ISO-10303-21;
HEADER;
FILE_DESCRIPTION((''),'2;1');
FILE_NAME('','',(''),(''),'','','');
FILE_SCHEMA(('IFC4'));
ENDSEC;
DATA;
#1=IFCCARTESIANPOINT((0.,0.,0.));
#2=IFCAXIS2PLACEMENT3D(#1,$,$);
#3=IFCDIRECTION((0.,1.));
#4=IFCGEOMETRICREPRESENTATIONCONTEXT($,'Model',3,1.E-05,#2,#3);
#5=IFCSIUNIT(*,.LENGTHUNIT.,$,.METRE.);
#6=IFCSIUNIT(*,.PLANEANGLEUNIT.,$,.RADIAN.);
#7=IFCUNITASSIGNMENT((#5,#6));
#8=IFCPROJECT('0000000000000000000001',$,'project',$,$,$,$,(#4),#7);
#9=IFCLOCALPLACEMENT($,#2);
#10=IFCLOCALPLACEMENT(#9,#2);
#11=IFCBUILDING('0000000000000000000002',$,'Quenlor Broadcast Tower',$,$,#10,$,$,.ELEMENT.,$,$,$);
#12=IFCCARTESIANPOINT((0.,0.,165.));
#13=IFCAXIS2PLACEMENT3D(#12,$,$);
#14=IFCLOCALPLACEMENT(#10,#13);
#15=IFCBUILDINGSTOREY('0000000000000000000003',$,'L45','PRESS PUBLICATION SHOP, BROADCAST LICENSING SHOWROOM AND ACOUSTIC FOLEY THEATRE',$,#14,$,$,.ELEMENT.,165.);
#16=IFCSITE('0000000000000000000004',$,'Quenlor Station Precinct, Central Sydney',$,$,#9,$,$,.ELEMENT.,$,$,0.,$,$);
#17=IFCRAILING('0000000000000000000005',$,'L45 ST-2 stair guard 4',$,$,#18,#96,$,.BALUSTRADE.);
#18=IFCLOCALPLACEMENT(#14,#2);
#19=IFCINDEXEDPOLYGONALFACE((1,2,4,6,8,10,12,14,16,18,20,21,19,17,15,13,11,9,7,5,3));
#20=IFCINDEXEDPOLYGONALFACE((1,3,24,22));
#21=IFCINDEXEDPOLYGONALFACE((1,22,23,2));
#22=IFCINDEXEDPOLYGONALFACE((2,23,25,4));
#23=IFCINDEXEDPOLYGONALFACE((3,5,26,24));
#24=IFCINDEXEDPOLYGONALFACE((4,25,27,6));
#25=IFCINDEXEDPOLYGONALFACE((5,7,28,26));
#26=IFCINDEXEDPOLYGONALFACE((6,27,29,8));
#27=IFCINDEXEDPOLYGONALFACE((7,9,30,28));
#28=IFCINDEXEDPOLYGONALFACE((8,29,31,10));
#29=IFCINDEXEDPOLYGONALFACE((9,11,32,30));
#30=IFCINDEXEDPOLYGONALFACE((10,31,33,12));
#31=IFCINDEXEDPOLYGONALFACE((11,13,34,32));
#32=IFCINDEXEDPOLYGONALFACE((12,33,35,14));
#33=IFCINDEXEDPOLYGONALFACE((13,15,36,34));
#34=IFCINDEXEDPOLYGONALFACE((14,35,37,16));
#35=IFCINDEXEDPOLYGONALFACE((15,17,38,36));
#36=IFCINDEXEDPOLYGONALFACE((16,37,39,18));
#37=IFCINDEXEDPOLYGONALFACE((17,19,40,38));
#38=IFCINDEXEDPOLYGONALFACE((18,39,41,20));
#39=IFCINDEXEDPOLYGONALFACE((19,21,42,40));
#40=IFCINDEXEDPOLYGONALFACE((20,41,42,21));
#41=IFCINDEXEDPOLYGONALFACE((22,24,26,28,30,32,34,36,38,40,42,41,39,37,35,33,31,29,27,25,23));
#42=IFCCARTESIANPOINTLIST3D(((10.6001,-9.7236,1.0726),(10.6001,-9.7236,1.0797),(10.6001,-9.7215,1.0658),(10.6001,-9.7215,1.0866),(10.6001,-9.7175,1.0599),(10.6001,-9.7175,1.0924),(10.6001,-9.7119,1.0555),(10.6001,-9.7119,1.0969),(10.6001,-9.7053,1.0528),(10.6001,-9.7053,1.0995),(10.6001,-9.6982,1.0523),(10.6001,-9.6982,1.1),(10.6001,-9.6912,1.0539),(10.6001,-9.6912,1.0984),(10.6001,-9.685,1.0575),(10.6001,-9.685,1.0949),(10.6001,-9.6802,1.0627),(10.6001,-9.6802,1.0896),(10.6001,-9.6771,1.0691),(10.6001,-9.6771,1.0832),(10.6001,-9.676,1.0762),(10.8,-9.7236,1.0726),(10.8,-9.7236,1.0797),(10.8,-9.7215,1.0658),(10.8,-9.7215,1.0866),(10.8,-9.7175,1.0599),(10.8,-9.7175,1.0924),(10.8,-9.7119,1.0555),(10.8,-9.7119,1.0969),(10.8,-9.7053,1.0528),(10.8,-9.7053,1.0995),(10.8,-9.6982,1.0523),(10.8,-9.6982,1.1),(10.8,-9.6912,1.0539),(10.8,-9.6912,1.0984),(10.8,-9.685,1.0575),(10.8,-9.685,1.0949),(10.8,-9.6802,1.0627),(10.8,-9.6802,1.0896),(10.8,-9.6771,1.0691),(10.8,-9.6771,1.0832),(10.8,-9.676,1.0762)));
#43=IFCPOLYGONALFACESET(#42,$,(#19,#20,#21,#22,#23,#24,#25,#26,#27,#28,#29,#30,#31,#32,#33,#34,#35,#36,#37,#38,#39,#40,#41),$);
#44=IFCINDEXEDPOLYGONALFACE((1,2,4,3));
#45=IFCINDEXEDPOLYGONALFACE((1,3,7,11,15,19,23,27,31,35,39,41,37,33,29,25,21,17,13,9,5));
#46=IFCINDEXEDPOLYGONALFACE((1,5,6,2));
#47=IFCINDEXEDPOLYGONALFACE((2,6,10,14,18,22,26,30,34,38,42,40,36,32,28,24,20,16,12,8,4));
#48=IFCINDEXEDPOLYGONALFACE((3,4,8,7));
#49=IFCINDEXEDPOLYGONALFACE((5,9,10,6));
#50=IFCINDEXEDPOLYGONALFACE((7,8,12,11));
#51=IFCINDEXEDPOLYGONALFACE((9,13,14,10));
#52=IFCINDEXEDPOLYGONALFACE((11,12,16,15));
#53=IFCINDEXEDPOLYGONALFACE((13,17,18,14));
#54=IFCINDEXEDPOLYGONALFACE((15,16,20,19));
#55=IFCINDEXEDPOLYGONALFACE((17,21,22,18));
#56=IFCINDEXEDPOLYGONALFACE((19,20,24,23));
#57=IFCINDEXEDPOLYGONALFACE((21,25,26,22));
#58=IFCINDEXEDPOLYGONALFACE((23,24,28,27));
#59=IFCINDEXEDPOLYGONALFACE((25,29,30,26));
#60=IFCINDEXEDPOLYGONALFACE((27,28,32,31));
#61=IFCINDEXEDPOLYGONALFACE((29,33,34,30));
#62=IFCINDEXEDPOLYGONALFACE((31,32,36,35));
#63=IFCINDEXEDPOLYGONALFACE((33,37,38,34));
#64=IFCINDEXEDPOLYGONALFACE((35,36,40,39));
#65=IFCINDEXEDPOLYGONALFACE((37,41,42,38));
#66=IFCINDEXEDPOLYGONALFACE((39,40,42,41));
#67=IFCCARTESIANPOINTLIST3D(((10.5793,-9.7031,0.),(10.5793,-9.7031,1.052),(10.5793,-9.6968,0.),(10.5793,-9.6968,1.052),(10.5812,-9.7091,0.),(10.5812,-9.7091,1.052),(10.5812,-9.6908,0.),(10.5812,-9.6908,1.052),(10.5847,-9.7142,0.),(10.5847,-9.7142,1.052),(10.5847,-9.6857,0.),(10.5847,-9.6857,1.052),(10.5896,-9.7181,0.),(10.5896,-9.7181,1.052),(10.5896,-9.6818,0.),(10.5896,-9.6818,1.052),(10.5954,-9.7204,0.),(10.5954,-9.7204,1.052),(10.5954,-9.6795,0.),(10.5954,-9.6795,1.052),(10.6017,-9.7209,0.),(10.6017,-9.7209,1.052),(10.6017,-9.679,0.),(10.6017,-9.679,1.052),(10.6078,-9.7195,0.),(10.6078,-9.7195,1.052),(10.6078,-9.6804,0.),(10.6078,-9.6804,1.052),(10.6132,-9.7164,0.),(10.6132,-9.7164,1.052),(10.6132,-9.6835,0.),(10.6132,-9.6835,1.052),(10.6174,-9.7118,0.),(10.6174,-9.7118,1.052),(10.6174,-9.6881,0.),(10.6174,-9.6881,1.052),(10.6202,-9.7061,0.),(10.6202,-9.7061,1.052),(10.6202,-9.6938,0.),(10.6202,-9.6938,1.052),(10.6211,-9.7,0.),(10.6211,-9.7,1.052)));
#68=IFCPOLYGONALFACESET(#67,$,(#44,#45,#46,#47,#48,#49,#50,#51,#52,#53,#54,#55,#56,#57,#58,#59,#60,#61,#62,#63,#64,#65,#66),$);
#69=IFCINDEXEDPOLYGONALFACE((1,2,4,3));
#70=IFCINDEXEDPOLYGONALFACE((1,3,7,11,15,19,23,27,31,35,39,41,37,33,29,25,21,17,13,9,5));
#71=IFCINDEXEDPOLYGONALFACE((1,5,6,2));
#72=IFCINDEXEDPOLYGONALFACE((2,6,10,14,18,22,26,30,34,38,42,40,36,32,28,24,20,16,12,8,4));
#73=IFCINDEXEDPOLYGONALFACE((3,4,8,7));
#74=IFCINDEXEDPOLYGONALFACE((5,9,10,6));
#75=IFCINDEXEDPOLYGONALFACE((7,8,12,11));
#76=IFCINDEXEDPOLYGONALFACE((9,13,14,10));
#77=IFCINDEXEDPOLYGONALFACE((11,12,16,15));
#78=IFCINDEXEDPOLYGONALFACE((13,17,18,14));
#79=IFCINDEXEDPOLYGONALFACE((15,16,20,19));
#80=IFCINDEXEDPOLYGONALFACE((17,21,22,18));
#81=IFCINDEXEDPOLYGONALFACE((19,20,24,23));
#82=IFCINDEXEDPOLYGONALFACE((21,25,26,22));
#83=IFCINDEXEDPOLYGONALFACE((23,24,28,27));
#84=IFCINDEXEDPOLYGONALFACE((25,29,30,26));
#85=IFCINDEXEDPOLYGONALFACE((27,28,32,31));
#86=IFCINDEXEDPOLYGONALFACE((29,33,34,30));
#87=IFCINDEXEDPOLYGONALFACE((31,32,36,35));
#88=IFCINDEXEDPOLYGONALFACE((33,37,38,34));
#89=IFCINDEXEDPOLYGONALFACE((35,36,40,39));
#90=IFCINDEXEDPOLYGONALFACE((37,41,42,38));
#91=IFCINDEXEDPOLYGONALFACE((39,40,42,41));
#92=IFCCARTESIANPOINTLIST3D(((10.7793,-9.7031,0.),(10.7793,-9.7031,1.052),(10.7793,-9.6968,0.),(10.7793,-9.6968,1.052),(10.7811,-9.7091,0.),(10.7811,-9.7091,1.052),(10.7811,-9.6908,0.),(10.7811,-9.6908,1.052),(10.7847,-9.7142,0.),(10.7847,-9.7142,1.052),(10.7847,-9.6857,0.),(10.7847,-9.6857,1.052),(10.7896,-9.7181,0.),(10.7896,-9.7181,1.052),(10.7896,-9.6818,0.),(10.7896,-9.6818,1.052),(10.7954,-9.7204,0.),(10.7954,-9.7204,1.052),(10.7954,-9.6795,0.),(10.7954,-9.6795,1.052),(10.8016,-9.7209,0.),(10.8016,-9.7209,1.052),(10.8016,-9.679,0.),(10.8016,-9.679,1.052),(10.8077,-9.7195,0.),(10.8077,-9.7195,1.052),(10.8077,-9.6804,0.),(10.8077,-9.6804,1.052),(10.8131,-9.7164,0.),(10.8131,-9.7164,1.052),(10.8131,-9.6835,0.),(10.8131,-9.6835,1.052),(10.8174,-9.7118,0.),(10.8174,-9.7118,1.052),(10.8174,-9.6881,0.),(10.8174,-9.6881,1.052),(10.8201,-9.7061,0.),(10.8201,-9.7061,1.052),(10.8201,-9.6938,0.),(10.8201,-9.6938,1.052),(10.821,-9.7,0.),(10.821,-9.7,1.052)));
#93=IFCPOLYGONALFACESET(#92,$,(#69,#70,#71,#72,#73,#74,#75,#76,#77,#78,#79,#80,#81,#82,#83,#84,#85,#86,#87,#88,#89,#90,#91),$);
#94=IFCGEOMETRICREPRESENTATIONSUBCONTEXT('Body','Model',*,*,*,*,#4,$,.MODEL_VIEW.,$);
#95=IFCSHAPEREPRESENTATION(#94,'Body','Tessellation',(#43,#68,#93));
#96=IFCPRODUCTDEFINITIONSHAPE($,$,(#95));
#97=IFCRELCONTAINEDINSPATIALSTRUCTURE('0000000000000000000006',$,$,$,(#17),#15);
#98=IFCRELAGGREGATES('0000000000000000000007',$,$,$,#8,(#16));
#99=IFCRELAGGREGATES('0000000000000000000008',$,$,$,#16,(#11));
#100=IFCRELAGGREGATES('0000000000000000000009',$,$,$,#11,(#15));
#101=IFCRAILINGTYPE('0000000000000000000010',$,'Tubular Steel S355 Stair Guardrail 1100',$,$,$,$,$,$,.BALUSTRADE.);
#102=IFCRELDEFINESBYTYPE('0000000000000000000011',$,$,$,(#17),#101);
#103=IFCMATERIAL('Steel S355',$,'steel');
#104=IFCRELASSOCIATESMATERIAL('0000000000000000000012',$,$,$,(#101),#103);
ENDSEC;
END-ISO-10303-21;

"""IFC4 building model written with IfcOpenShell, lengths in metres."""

from ifc_helpers import new_model, si_unit, direction, frame, origin, origin_2d, place, context, subcontext, project, spatial, circle, extrude, material, type_object, element, save


model = new_model("IFC4")

# Units and contexts
model_context = context("Model", 3, precision=1e-05, world=origin(), true_north=direction((0.0, 1.0)))
body_context = subcontext(model_context, "Body", "Model", "MODEL_VIEW")
ifc_project = project(units=[si_unit("LENGTHUNIT", "METRE"), si_unit("PLANEANGLEUNIT", "RADIAN")], contexts=[model_context])

# Site, building, storey
site_placement = place(None, origin())
site = spatial("IfcSite", under=ifc_project, at=site_placement, Name="Quenlor Station Precinct, Central Sydney", CompositionType="ELEMENT", RefElevation=0.0)
building_placement = place(site_placement, origin())
building = spatial("IfcBuilding", under=site, at=building_placement, Name="Quenlor Broadcast Tower", CompositionType="ELEMENT")
storey_placement = place(building_placement, frame((0.0, 0.0, 165.0)))
storey = spatial("IfcBuildingStorey", under=building, at=storey_placement, Name="L45", Description="PRESS PUBLICATION SHOP, BROADCAST LICENSING SHOWROOM AND ACOUSTIC FOLEY THEATRE", CompositionType="ELEMENT", Elevation=165.0)

# Railing
ifc_material_1 = material(Name="Steel S355", Category="steel")
railing_type_1 = type_object("IfcRailingType", Name="Tubular Steel S355 Stair Guardrail 1100", PredefinedType="BALUSTRADE", material=ifc_material_1)
railing_1_placement = place(storey_placement, frame((10.6001, -9.7, 0.0)))
element("IfcRailing", 1, at=railing_1_placement, inside=storey, type_object=railing_type_1, Name="L45 ST-2 stair guard 4", PredefinedType="BALUSTRADE", context=body_context, shape_type="SweptSolid", body=[
    extrude(circle(Radius=0.0239, at=origin_2d()), frame((0.0, 0.0, 1.0762), z_axis=(1.0, 0.0, 0.0), x_axis=(0.0, 1.0, 0.0)), (0.0, 0.0, 1.0), 0.2),
    extrude(circle(Radius=0.021, at=origin_2d()), origin(), (0.0, 0.0, 1.0), 1.052),
    extrude(circle(Radius=0.021, at=origin_2d()), frame((0.2, 0.0, 0.0)), (0.0, 0.0, 1.0), 1.052),
])

save(model, "model.ifc")
